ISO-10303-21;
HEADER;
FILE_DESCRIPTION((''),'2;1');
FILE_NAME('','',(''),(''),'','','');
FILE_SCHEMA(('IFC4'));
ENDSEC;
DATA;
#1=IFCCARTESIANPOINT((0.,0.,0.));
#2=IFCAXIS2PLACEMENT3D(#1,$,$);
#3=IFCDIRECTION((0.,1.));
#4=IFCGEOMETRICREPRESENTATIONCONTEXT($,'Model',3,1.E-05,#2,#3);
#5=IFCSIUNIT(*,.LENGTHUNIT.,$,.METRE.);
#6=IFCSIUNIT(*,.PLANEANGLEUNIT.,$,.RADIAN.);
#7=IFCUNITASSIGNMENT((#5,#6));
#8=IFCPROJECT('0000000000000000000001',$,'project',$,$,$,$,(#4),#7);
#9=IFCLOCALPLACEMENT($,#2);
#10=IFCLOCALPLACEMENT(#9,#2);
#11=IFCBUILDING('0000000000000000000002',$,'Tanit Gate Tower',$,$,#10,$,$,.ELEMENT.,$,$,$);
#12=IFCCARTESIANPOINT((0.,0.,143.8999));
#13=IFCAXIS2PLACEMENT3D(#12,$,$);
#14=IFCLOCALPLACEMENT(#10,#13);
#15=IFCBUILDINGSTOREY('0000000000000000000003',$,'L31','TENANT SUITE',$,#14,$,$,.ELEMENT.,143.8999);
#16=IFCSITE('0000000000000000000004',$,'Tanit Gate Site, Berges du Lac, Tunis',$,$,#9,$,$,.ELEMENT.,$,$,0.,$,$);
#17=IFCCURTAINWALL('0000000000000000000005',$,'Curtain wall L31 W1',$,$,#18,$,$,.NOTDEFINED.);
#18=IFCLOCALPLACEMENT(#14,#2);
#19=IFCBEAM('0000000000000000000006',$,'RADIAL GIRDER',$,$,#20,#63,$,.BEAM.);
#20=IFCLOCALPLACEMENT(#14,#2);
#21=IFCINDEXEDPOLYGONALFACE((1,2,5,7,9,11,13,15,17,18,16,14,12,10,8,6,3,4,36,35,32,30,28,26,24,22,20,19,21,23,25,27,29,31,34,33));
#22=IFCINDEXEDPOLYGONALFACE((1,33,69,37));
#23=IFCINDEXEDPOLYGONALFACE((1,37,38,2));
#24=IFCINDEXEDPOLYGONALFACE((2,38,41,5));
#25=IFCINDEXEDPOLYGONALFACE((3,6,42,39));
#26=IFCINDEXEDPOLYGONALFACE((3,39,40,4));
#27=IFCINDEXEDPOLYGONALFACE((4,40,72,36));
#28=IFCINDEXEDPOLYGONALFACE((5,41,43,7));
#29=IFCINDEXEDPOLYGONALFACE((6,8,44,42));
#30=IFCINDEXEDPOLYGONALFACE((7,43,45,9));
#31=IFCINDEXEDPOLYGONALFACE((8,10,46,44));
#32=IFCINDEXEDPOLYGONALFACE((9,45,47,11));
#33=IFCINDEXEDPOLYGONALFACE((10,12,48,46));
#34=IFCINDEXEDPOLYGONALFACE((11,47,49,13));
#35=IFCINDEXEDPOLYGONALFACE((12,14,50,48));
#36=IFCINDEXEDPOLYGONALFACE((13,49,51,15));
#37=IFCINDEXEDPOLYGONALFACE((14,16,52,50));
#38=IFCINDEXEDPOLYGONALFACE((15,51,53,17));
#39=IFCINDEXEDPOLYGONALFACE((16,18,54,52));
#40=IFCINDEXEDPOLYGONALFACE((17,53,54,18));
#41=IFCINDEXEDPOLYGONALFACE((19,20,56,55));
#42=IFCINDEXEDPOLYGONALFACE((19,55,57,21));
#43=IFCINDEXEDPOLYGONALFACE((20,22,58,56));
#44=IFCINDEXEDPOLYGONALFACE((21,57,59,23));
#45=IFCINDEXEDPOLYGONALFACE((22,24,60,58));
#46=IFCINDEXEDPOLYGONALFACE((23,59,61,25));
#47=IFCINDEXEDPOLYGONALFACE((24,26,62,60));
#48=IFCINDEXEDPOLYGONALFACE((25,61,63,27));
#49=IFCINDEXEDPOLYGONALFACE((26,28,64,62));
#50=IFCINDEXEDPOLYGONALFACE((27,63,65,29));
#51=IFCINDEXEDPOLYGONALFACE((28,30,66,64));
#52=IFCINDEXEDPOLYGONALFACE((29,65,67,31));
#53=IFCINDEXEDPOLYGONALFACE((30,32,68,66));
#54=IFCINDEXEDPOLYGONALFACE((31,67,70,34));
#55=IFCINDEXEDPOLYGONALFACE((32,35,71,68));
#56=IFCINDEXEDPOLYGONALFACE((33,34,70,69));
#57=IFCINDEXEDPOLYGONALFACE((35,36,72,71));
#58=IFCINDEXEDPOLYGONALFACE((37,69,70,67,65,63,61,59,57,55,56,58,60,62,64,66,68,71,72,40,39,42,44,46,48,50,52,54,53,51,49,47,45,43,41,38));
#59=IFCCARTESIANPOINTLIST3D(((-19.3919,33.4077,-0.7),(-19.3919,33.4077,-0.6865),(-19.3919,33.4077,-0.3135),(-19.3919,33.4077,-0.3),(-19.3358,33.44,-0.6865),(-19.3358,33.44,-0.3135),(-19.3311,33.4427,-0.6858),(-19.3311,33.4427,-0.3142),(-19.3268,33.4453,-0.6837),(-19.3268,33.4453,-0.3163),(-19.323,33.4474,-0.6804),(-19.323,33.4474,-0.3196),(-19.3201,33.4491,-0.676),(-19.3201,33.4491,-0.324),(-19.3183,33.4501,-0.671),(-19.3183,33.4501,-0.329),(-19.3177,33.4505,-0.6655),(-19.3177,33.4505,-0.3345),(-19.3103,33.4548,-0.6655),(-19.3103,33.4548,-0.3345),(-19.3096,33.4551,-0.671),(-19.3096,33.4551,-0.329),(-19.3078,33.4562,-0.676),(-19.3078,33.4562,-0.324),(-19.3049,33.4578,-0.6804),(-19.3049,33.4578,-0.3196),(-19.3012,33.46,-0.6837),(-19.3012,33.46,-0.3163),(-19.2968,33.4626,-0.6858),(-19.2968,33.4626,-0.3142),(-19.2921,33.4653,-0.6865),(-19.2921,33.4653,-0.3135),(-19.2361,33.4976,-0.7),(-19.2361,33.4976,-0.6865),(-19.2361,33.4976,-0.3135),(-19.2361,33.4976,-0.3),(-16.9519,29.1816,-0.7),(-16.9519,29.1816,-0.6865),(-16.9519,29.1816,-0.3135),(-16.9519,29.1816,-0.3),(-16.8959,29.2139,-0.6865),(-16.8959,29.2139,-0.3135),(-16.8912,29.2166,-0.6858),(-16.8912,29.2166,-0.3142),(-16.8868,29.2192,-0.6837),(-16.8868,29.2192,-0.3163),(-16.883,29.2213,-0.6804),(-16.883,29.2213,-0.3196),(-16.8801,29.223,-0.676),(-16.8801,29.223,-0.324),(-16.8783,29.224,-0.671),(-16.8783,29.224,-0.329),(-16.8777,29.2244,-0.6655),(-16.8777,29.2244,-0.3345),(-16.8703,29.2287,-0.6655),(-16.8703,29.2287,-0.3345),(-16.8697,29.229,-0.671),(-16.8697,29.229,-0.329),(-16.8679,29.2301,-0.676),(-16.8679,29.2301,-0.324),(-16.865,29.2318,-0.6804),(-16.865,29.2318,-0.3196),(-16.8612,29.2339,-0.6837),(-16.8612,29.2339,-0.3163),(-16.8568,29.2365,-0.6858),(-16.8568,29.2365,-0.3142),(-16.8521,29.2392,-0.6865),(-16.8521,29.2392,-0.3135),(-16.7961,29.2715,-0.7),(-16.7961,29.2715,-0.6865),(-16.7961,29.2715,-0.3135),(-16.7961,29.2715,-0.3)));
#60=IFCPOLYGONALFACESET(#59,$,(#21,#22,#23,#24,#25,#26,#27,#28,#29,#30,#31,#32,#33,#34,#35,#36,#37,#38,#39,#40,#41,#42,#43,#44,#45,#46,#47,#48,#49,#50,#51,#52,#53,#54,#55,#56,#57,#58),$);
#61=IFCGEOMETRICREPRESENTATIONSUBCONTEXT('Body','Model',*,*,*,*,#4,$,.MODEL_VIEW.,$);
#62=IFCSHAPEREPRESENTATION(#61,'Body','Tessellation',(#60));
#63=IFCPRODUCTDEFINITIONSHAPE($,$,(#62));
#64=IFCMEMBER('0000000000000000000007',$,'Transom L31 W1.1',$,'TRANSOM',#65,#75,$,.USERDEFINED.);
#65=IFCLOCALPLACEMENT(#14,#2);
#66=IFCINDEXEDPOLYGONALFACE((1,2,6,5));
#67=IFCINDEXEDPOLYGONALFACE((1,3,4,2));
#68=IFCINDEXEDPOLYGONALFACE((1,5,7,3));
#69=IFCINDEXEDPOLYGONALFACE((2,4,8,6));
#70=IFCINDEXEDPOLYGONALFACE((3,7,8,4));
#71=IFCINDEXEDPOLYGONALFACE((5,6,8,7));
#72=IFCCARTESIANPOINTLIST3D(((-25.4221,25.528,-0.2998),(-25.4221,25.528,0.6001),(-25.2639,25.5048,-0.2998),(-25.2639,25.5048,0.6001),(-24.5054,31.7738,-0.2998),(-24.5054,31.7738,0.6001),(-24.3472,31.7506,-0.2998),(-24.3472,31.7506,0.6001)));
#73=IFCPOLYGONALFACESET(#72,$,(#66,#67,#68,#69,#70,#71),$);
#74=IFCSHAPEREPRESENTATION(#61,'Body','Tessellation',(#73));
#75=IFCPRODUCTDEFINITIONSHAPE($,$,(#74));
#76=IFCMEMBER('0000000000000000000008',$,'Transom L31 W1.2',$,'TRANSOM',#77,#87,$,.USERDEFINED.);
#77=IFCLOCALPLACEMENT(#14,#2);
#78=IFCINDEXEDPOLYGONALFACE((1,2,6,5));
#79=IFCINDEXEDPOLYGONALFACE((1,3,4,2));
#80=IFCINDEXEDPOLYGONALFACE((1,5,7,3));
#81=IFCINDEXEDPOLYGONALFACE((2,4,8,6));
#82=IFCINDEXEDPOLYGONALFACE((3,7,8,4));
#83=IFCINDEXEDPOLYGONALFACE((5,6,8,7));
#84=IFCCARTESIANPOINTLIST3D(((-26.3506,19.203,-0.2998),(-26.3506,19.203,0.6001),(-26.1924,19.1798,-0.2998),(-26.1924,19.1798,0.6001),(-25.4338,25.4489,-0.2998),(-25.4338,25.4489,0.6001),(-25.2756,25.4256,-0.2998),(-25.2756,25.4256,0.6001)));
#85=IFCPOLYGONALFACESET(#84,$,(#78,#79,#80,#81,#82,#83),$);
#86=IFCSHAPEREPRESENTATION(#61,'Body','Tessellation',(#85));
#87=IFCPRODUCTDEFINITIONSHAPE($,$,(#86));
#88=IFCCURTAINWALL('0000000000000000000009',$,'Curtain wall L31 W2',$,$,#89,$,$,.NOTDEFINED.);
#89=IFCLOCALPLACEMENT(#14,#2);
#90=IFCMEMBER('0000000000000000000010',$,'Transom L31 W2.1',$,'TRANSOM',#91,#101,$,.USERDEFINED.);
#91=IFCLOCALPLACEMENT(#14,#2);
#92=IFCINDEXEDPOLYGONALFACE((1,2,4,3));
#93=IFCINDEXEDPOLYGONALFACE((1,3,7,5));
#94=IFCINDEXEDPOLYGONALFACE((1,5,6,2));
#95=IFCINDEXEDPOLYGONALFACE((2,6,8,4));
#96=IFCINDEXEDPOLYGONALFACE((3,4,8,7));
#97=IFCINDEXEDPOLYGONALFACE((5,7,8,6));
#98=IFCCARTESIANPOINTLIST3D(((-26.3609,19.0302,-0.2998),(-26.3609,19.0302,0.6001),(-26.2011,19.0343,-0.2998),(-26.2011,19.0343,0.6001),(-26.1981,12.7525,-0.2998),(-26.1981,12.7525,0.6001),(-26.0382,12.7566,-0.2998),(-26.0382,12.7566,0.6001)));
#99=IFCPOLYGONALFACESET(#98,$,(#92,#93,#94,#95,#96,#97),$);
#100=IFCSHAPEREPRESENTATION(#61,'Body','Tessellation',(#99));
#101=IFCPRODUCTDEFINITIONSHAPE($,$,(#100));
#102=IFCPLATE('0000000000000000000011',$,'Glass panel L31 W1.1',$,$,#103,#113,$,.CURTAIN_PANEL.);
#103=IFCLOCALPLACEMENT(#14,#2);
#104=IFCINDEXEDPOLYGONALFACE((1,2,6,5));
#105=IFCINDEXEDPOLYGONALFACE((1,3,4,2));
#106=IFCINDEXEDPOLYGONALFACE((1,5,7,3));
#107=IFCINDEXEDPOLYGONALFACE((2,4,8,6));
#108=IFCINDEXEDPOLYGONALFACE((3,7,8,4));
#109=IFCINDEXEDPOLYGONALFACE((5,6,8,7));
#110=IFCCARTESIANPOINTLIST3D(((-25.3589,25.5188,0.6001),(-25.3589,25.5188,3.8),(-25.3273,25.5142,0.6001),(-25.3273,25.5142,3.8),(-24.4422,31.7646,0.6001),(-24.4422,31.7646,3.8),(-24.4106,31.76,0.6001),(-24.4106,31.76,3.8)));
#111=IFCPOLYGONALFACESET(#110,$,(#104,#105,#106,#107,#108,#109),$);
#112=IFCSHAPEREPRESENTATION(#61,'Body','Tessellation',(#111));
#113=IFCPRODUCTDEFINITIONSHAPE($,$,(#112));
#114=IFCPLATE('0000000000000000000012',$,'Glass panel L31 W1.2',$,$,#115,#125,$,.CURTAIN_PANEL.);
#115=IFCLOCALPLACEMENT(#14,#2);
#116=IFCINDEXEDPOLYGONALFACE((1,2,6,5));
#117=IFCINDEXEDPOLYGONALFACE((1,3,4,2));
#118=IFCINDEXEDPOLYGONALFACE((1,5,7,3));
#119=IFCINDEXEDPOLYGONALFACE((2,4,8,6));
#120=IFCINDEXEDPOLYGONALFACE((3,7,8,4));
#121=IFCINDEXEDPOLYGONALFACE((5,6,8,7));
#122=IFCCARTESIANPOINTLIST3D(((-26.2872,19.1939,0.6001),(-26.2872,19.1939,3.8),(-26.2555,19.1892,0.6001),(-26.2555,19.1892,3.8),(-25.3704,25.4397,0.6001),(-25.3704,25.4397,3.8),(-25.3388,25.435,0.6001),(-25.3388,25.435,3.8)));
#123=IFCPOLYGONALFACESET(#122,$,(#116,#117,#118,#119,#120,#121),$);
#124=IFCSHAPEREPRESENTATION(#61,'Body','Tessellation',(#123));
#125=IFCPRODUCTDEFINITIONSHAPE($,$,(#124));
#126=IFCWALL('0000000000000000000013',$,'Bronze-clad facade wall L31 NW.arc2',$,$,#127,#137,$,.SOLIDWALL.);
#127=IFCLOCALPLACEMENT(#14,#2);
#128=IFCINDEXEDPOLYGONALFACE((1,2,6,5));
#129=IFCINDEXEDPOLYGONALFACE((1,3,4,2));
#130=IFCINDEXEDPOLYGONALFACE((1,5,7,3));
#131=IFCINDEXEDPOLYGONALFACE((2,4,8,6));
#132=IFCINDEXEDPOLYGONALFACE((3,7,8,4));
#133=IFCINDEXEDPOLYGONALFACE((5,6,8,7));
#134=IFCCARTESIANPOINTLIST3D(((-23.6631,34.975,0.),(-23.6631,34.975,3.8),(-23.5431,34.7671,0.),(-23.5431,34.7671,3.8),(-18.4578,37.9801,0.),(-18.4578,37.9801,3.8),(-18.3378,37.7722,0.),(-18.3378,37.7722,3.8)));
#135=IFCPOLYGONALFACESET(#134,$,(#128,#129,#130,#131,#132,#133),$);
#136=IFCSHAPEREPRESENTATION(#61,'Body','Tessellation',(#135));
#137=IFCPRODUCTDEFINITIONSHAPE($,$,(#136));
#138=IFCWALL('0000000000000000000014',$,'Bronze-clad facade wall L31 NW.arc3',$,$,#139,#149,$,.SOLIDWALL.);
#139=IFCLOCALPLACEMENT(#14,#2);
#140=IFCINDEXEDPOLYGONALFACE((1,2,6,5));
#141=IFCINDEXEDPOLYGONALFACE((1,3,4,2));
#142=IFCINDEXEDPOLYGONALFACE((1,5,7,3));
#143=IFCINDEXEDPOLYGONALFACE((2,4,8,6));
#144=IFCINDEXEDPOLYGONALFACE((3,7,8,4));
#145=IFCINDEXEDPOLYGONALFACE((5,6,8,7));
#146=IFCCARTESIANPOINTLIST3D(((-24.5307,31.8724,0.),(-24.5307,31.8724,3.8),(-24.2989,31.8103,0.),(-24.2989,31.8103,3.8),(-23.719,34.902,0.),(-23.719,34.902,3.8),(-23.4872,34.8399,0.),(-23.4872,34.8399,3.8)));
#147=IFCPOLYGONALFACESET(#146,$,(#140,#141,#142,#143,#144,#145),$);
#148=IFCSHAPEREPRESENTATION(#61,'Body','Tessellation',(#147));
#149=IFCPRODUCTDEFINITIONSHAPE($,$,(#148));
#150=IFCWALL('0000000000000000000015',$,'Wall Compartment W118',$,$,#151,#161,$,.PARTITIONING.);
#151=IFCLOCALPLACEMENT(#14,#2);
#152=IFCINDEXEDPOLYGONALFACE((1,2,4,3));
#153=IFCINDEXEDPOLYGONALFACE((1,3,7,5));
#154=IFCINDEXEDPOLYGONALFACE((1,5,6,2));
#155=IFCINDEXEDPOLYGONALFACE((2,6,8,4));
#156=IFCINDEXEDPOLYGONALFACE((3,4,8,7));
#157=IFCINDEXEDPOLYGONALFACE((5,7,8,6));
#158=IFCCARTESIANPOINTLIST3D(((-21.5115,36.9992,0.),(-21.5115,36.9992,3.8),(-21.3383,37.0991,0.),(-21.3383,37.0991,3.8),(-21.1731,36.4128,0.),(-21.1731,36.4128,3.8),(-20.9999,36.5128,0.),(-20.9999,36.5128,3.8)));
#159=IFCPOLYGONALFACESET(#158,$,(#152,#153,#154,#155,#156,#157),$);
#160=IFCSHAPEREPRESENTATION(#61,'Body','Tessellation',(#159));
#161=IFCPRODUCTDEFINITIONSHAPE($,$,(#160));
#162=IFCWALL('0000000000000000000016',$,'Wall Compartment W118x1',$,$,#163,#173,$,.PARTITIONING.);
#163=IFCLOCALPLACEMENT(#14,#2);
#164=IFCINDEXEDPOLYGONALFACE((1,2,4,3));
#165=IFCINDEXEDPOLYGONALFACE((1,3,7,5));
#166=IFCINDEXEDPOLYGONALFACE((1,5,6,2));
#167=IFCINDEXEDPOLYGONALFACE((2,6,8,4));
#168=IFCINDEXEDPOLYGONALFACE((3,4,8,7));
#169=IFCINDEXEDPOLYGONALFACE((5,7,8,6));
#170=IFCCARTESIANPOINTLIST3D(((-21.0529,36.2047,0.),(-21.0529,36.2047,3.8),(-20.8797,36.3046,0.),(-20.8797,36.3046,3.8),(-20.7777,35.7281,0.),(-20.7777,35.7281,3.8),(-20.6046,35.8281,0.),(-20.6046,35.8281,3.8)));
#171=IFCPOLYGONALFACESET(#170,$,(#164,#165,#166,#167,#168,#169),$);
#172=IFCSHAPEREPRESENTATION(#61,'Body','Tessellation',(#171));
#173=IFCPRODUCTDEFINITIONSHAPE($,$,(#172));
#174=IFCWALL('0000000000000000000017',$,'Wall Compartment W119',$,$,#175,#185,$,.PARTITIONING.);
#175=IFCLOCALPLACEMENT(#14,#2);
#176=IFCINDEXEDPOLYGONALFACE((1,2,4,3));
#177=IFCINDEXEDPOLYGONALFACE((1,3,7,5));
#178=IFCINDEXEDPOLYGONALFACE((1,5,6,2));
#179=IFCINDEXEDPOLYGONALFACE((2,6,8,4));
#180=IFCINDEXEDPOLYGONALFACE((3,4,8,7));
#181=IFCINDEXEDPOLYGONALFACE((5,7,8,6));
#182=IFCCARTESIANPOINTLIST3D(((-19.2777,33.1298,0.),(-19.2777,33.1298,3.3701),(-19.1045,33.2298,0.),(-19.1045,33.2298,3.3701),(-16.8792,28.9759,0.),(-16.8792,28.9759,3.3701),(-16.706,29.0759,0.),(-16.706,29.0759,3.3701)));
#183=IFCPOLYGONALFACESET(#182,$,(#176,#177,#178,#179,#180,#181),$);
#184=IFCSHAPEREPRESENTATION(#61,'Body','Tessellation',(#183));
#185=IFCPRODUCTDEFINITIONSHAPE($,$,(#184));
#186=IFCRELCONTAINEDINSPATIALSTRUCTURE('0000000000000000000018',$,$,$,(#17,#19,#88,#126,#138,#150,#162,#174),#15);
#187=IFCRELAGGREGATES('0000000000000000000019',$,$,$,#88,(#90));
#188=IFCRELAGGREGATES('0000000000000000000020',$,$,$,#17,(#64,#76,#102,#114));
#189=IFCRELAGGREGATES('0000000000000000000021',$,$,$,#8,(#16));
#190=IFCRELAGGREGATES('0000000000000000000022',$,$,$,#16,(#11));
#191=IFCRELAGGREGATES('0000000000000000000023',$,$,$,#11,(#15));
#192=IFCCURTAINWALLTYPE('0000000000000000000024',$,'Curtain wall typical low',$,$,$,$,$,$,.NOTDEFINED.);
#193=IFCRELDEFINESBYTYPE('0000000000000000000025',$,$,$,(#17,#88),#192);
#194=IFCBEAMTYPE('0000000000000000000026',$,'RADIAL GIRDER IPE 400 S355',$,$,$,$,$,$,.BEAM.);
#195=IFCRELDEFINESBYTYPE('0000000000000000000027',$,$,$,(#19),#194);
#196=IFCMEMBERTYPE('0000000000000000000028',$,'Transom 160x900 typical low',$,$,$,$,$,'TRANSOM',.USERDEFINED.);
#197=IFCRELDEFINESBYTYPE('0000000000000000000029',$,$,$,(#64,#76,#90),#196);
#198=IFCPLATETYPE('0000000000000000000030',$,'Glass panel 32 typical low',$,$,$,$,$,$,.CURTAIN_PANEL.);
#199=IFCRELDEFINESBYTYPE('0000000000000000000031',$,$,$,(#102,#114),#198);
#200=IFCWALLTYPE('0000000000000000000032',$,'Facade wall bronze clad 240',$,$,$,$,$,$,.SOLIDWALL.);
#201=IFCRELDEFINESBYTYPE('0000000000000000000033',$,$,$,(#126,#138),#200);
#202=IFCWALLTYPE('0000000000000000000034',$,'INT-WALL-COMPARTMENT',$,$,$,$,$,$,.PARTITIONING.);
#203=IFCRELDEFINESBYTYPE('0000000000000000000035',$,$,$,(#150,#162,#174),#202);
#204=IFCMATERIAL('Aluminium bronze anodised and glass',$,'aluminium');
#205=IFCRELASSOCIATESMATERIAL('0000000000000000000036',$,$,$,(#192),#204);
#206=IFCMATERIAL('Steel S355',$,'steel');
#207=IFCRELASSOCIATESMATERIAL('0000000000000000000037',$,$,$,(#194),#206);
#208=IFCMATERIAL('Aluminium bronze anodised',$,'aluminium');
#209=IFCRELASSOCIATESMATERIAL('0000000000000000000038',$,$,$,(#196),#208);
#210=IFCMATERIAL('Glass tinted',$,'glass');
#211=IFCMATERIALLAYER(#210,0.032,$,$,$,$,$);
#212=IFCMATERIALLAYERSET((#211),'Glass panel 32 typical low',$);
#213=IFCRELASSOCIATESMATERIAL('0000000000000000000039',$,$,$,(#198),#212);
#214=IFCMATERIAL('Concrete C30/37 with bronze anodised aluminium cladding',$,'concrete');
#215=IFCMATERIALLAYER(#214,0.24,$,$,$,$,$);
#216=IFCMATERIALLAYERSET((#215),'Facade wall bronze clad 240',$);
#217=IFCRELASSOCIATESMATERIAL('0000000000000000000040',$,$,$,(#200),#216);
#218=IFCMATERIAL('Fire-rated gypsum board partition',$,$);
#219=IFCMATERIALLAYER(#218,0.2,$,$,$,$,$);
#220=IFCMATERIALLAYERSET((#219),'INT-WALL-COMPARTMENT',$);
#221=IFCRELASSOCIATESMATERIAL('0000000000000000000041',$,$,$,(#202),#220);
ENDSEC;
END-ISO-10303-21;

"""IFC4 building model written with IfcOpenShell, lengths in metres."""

from ifc_helpers import new_model, si_unit, direction, frame, frame_2d, origin, origin_2d, place, context, subcontext, project, spatial, rectangle, i_section, extrude, material, layer, layer_set, material_profile, profile_set, type_object, element, aggregate, save


model = new_model("IFC4")

# Units and contexts
model_context = context("Model", 3, precision=1e-05, world=origin(), true_north=direction((0.0, 1.0)))
body_context = subcontext(model_context, "Body", "Model", "MODEL_VIEW")
ifc_project = project(units=[si_unit("LENGTHUNIT", "METRE"), si_unit("PLANEANGLEUNIT", "RADIAN")], contexts=[model_context])

# Site, building, storey
site_placement = place(None, origin())
site = spatial("IfcSite", under=ifc_project, at=site_placement, Name="Tanit Gate Site, Berges du Lac, Tunis", CompositionType="ELEMENT", RefElevation=0.0)
building_placement = place(site_placement, origin())
building = spatial("IfcBuilding", under=site, at=building_placement, Name="Tanit Gate Tower", CompositionType="ELEMENT")
storey_placement = place(building_placement, frame((0.0, 0.0, 143.8999)))
storey = spatial("IfcBuildingStorey", under=building, at=storey_placement, Name="L31", Description="TENANT SUITE", CompositionType="ELEMENT", Elevation=143.8999)

# Curtain wall
ifc_material_1 = material(Name="Aluminium bronze anodised and glass", Category="aluminium")
curtain_wall_type = type_object("IfcCurtainWallType", Name="Curtain wall typical low", PredefinedType="NOTDEFINED", material=ifc_material_1)
curtain_wall_1_placement = place(storey_placement, origin())
curtain_wall_1 = element("IfcCurtainWall", 1, at=curtain_wall_1_placement, inside=storey, type_object=curtain_wall_type, Name="Curtain wall L31 W1", PredefinedType="NOTDEFINED")

# Beam
ifc_material_2 = material(Name="Steel S355", Category="steel")
ifc_material_profile_1 = material_profile(ifc_material_2, i_section(OverallWidth=0.1799, OverallDepth=0.3999, WebThickness=0.0085, FlangeThickness=0.0134, FilletRadius=0.021, at=origin_2d()), Name="IPE 400")
ifc_profile_set_1 = profile_set([ifc_material_profile_1], Name="Steel S355")
beam_type_1 = type_object("IfcBeamType", Name="RADIAL GIRDER IPE 400 S355", PredefinedType="BEAM", material=ifc_profile_set_1)
beam_1_placement = place(storey_placement, frame((-19.314, 33.4526, -0.5), z_axis=(0.500003, -0.866024, 0.0), x_axis=(0.866024, 0.500003, 0.0)))
element("IfcBeam", 2, at=beam_1_placement, inside=storey, type_object=beam_type_1, Name="RADIAL GIRDER", PredefinedType="BEAM", context=body_context, shape_type="SweptSolid", body=[
    extrude(i_section(OverallWidth=0.1799, OverallDepth=0.3999, WebThickness=0.0085, FlangeThickness=0.0134, FilletRadius=0.021, at=origin_2d()), origin(), (0.0, 0.0, 1.0), 4.8799),
])

# Members
ifc_material_3 = material(Name="Aluminium bronze anodised", Category="aluminium")
ifc_material_profile_2 = material_profile(ifc_material_3, rectangle(XDim=0.1599, YDim=0.8999, at=origin_2d()), Name="160x900 bronze transom")
ifc_profile_set_2 = profile_set([ifc_material_profile_2], Name="Aluminium bronze anodised")
member_type_1 = type_object("IfcMemberType", Name="Transom 160x900 typical low", ElementType="TRANSOM", PredefinedType="USERDEFINED", material=ifc_profile_set_2)
member_1_placement = place(storey_placement, frame((-24.4263, 31.7622, 0.1501), z_axis=(-0.145221, -0.989399, 0.0), x_axis=(0.989399, -0.145221, 0.0)))
member_1 = element("IfcMember", 3, at=member_1_placement, type_object=member_type_1, Name="Transom L31 W1.1", ObjectType="TRANSOM", PredefinedType="USERDEFINED", context=body_context, shape_type="SweptSolid", body=[
    extrude(rectangle(XDim=0.1599, YDim=0.8999, at=origin_2d()), origin(), (0.0, 0.0, 1.0), 6.3127),
])
member_2_placement = place(storey_placement, frame((-25.3547, 25.4373, 0.1501), z_axis=(-0.145221, -0.989399, 0.0), x_axis=(0.989399, -0.145221, 0.0)))
member_2 = element("IfcMember", 4, at=member_2_placement, type_object=member_type_1, Name="Transom L31 W1.2", ObjectType="TRANSOM", PredefinedType="USERDEFINED", context=body_context, shape_type="SweptSolid", body=[
    extrude(rectangle(XDim=0.1599, YDim=0.8999, at=origin_2d()), origin(), (0.0, 0.0, 1.0), 6.3127),
])

# Curtain wall, member
curtain_wall_2_placement = place(storey_placement, origin())
curtain_wall_2 = element("IfcCurtainWall", 5, at=curtain_wall_2_placement, inside=storey, type_object=curtain_wall_type, Name="Curtain wall L31 W2", PredefinedType="NOTDEFINED")
member_3_placement = place(storey_placement, frame((-26.281, 19.0322, 0.1501), z_axis=(0.025931, -0.999664, 0.0), x_axis=(0.999664, 0.025931, 0.0)))
member_3 = element("IfcMember", 6, at=member_3_placement, type_object=member_type_1, Name="Transom L31 W2.1", ObjectType="TRANSOM", PredefinedType="USERDEFINED", context=body_context, shape_type="SweptSolid", body=[
    extrude(rectangle(XDim=0.1599, YDim=0.8999, at=origin_2d()), origin(), (0.0, 0.0, 1.0), 6.2798),
])
aggregate(curtain_wall_2, [member_3])

# Plates
ifc_material_4 = material(Name="Glass tinted", Category="glass")
ifc_layer_1 = layer(ifc_material_4, 0.032)
ifc_layer_set_1 = layer_set([ifc_layer_1], Name="Glass panel 32 typical low")
plate_type = type_object("IfcPlateType", Name="Glass panel 32 typical low", PredefinedType="CURTAIN_PANEL", material=ifc_layer_set_1)
plate_1_placement = place(storey_placement, frame((-24.8848, 28.6394, 0.6001), z_axis=(0.0, 0.0, 1.0), x_axis=(-0.145218, -0.9894, 0.0)))
plate_1 = element("IfcPlate", 7, at=plate_1_placement, type_object=plate_type, Name="Glass panel L31 W1.1", PredefinedType="CURTAIN_PANEL", context=body_context, shape_type="SweptSolid", body=[
    extrude(rectangle(XDim=6.3127, YDim=0.032, at=origin_2d()), origin(), (0.0, 0.0, 1.0), 3.2),
])
plate_2_placement = place(storey_placement, frame((-25.813, 22.3145, 0.6001), z_axis=(0.0, 0.0, 1.0), x_axis=(-0.145218, -0.9894, 0.0)))
plate_2 = element("IfcPlate", 8, at=plate_2_placement, type_object=plate_type, Name="Glass panel L31 W1.2", PredefinedType="CURTAIN_PANEL", context=body_context, shape_type="SweptSolid", body=[
    extrude(rectangle(XDim=6.3127, YDim=0.032, at=origin_2d()), origin(), (0.0, 0.0, 1.0), 3.2),
])
aggregate(curtain_wall_1, [member_1, member_2, plate_1, plate_2])

# Walls
ifc_material_5 = material(Name="Concrete C30/37 with bronze anodised aluminium cladding", Category="concrete")
ifc_layer_2 = layer(ifc_material_5, 0.24)
ifc_layer_set_2 = layer_set([ifc_layer_2], Name="Facade wall bronze clad 240")
wall_type_1 = type_object("IfcWallType", Name="Facade wall bronze clad 240", PredefinedType="SOLIDWALL", material=ifc_layer_set_2)
wall_1_placement = place(storey_placement, frame((-18.3977, 37.8762, 0.0), z_axis=(0.0, 0.0, 1.0), x_axis=(-0.866037, -0.499979, 0.0)))
element("IfcWall", 9, at=wall_1_placement, inside=storey, type_object=wall_type_1, Name="Bronze-clad facade wall L31 NW.arc2", PredefinedType="SOLIDWALL", context=body_context, shape_type="SweptSolid", body=[
    extrude(rectangle(XDim=6.0105, YDim=0.24, at=frame_2d((3.0054, 0.0))), origin(), (0.0, 0.0, 1.0), 3.8),
])
wall_2_placement = place(storey_placement, frame((-23.603, 34.8711, 0.0), z_axis=(0.0, 0.0, 1.0), x_axis=(-0.25882, -0.965925, 0.0)))
element("IfcWall", 10, at=wall_2_placement, inside=storey, type_object=wall_type_1, Name="Bronze-clad facade wall L31 NW.arc3", PredefinedType="SOLIDWALL", context=body_context, shape_type="SweptSolid", body=[
    extrude(rectangle(XDim=3.1365, YDim=0.24, at=frame_2d((1.5684, 0.0))), origin(), (0.0, 0.0, 1.0), 3.8),
])
ifc_material_6 = material(Name="Fire-rated gypsum board partition")
ifc_layer_3 = layer(ifc_material_6, 0.2)
ifc_layer_set_3 = layer_set([ifc_layer_3], Name="INT-WALL-COMPARTMENT")
wall_type_2 = type_object("IfcWallType", Name="INT-WALL-COMPARTMENT", PredefinedType="PARTITIONING", material=ifc_layer_set_3)
wall_3_placement = place(storey_placement, frame((-21.4248, 37.0491, 0.0), z_axis=(0.0, 0.0, 1.0), x_axis=(0.499785, -0.86615, 0.0)))
element("IfcWall", 11, at=wall_3_placement, inside=storey, type_object=wall_type_2, Name="Wall Compartment W118", PredefinedType="PARTITIONING", context=body_context, shape_type="SweptSolid", body=[
    extrude(rectangle(XDim=0.677, YDim=0.2, at=frame_2d((0.3384, 0.0))), origin(), (0.0, 0.0, 1.0), 3.8),
])
wall_4_placement = place(storey_placement, frame((-20.9663, 36.2546, 0.0), z_axis=(0.0, 0.0, 1.0), x_axis=(0.500004, -0.866023, 0.0)))
element("IfcWall", 12, at=wall_4_placement, inside=storey, type_object=wall_type_2, Name="Wall Compartment W118x1", PredefinedType="PARTITIONING", context=body_context, shape_type="SweptSolid", body=[
    extrude(rectangle(XDim=0.5503, YDim=0.2, at=frame_2d((0.2751, 0.0))), origin(), (0.0, 0.0, 1.0), 3.8),
])
wall_5_placement = place(storey_placement, frame((-19.1912, 33.1799, 0.0), z_axis=(0.0, 0.0, 1.0), x_axis=(0.500037, -0.866004, 0.0)))
element("IfcWall", 13, at=wall_5_placement, inside=storey, type_object=wall_type_2, Name="Wall Compartment W119", PredefinedType="PARTITIONING", context=body_context, shape_type="SweptSolid", body=[
    extrude(rectangle(XDim=4.7966, YDim=0.2, at=frame_2d((2.3984, 0.0))), origin(), (0.0, 0.0, 1.0), 3.3701),
])

save(model, "model.ifc")
